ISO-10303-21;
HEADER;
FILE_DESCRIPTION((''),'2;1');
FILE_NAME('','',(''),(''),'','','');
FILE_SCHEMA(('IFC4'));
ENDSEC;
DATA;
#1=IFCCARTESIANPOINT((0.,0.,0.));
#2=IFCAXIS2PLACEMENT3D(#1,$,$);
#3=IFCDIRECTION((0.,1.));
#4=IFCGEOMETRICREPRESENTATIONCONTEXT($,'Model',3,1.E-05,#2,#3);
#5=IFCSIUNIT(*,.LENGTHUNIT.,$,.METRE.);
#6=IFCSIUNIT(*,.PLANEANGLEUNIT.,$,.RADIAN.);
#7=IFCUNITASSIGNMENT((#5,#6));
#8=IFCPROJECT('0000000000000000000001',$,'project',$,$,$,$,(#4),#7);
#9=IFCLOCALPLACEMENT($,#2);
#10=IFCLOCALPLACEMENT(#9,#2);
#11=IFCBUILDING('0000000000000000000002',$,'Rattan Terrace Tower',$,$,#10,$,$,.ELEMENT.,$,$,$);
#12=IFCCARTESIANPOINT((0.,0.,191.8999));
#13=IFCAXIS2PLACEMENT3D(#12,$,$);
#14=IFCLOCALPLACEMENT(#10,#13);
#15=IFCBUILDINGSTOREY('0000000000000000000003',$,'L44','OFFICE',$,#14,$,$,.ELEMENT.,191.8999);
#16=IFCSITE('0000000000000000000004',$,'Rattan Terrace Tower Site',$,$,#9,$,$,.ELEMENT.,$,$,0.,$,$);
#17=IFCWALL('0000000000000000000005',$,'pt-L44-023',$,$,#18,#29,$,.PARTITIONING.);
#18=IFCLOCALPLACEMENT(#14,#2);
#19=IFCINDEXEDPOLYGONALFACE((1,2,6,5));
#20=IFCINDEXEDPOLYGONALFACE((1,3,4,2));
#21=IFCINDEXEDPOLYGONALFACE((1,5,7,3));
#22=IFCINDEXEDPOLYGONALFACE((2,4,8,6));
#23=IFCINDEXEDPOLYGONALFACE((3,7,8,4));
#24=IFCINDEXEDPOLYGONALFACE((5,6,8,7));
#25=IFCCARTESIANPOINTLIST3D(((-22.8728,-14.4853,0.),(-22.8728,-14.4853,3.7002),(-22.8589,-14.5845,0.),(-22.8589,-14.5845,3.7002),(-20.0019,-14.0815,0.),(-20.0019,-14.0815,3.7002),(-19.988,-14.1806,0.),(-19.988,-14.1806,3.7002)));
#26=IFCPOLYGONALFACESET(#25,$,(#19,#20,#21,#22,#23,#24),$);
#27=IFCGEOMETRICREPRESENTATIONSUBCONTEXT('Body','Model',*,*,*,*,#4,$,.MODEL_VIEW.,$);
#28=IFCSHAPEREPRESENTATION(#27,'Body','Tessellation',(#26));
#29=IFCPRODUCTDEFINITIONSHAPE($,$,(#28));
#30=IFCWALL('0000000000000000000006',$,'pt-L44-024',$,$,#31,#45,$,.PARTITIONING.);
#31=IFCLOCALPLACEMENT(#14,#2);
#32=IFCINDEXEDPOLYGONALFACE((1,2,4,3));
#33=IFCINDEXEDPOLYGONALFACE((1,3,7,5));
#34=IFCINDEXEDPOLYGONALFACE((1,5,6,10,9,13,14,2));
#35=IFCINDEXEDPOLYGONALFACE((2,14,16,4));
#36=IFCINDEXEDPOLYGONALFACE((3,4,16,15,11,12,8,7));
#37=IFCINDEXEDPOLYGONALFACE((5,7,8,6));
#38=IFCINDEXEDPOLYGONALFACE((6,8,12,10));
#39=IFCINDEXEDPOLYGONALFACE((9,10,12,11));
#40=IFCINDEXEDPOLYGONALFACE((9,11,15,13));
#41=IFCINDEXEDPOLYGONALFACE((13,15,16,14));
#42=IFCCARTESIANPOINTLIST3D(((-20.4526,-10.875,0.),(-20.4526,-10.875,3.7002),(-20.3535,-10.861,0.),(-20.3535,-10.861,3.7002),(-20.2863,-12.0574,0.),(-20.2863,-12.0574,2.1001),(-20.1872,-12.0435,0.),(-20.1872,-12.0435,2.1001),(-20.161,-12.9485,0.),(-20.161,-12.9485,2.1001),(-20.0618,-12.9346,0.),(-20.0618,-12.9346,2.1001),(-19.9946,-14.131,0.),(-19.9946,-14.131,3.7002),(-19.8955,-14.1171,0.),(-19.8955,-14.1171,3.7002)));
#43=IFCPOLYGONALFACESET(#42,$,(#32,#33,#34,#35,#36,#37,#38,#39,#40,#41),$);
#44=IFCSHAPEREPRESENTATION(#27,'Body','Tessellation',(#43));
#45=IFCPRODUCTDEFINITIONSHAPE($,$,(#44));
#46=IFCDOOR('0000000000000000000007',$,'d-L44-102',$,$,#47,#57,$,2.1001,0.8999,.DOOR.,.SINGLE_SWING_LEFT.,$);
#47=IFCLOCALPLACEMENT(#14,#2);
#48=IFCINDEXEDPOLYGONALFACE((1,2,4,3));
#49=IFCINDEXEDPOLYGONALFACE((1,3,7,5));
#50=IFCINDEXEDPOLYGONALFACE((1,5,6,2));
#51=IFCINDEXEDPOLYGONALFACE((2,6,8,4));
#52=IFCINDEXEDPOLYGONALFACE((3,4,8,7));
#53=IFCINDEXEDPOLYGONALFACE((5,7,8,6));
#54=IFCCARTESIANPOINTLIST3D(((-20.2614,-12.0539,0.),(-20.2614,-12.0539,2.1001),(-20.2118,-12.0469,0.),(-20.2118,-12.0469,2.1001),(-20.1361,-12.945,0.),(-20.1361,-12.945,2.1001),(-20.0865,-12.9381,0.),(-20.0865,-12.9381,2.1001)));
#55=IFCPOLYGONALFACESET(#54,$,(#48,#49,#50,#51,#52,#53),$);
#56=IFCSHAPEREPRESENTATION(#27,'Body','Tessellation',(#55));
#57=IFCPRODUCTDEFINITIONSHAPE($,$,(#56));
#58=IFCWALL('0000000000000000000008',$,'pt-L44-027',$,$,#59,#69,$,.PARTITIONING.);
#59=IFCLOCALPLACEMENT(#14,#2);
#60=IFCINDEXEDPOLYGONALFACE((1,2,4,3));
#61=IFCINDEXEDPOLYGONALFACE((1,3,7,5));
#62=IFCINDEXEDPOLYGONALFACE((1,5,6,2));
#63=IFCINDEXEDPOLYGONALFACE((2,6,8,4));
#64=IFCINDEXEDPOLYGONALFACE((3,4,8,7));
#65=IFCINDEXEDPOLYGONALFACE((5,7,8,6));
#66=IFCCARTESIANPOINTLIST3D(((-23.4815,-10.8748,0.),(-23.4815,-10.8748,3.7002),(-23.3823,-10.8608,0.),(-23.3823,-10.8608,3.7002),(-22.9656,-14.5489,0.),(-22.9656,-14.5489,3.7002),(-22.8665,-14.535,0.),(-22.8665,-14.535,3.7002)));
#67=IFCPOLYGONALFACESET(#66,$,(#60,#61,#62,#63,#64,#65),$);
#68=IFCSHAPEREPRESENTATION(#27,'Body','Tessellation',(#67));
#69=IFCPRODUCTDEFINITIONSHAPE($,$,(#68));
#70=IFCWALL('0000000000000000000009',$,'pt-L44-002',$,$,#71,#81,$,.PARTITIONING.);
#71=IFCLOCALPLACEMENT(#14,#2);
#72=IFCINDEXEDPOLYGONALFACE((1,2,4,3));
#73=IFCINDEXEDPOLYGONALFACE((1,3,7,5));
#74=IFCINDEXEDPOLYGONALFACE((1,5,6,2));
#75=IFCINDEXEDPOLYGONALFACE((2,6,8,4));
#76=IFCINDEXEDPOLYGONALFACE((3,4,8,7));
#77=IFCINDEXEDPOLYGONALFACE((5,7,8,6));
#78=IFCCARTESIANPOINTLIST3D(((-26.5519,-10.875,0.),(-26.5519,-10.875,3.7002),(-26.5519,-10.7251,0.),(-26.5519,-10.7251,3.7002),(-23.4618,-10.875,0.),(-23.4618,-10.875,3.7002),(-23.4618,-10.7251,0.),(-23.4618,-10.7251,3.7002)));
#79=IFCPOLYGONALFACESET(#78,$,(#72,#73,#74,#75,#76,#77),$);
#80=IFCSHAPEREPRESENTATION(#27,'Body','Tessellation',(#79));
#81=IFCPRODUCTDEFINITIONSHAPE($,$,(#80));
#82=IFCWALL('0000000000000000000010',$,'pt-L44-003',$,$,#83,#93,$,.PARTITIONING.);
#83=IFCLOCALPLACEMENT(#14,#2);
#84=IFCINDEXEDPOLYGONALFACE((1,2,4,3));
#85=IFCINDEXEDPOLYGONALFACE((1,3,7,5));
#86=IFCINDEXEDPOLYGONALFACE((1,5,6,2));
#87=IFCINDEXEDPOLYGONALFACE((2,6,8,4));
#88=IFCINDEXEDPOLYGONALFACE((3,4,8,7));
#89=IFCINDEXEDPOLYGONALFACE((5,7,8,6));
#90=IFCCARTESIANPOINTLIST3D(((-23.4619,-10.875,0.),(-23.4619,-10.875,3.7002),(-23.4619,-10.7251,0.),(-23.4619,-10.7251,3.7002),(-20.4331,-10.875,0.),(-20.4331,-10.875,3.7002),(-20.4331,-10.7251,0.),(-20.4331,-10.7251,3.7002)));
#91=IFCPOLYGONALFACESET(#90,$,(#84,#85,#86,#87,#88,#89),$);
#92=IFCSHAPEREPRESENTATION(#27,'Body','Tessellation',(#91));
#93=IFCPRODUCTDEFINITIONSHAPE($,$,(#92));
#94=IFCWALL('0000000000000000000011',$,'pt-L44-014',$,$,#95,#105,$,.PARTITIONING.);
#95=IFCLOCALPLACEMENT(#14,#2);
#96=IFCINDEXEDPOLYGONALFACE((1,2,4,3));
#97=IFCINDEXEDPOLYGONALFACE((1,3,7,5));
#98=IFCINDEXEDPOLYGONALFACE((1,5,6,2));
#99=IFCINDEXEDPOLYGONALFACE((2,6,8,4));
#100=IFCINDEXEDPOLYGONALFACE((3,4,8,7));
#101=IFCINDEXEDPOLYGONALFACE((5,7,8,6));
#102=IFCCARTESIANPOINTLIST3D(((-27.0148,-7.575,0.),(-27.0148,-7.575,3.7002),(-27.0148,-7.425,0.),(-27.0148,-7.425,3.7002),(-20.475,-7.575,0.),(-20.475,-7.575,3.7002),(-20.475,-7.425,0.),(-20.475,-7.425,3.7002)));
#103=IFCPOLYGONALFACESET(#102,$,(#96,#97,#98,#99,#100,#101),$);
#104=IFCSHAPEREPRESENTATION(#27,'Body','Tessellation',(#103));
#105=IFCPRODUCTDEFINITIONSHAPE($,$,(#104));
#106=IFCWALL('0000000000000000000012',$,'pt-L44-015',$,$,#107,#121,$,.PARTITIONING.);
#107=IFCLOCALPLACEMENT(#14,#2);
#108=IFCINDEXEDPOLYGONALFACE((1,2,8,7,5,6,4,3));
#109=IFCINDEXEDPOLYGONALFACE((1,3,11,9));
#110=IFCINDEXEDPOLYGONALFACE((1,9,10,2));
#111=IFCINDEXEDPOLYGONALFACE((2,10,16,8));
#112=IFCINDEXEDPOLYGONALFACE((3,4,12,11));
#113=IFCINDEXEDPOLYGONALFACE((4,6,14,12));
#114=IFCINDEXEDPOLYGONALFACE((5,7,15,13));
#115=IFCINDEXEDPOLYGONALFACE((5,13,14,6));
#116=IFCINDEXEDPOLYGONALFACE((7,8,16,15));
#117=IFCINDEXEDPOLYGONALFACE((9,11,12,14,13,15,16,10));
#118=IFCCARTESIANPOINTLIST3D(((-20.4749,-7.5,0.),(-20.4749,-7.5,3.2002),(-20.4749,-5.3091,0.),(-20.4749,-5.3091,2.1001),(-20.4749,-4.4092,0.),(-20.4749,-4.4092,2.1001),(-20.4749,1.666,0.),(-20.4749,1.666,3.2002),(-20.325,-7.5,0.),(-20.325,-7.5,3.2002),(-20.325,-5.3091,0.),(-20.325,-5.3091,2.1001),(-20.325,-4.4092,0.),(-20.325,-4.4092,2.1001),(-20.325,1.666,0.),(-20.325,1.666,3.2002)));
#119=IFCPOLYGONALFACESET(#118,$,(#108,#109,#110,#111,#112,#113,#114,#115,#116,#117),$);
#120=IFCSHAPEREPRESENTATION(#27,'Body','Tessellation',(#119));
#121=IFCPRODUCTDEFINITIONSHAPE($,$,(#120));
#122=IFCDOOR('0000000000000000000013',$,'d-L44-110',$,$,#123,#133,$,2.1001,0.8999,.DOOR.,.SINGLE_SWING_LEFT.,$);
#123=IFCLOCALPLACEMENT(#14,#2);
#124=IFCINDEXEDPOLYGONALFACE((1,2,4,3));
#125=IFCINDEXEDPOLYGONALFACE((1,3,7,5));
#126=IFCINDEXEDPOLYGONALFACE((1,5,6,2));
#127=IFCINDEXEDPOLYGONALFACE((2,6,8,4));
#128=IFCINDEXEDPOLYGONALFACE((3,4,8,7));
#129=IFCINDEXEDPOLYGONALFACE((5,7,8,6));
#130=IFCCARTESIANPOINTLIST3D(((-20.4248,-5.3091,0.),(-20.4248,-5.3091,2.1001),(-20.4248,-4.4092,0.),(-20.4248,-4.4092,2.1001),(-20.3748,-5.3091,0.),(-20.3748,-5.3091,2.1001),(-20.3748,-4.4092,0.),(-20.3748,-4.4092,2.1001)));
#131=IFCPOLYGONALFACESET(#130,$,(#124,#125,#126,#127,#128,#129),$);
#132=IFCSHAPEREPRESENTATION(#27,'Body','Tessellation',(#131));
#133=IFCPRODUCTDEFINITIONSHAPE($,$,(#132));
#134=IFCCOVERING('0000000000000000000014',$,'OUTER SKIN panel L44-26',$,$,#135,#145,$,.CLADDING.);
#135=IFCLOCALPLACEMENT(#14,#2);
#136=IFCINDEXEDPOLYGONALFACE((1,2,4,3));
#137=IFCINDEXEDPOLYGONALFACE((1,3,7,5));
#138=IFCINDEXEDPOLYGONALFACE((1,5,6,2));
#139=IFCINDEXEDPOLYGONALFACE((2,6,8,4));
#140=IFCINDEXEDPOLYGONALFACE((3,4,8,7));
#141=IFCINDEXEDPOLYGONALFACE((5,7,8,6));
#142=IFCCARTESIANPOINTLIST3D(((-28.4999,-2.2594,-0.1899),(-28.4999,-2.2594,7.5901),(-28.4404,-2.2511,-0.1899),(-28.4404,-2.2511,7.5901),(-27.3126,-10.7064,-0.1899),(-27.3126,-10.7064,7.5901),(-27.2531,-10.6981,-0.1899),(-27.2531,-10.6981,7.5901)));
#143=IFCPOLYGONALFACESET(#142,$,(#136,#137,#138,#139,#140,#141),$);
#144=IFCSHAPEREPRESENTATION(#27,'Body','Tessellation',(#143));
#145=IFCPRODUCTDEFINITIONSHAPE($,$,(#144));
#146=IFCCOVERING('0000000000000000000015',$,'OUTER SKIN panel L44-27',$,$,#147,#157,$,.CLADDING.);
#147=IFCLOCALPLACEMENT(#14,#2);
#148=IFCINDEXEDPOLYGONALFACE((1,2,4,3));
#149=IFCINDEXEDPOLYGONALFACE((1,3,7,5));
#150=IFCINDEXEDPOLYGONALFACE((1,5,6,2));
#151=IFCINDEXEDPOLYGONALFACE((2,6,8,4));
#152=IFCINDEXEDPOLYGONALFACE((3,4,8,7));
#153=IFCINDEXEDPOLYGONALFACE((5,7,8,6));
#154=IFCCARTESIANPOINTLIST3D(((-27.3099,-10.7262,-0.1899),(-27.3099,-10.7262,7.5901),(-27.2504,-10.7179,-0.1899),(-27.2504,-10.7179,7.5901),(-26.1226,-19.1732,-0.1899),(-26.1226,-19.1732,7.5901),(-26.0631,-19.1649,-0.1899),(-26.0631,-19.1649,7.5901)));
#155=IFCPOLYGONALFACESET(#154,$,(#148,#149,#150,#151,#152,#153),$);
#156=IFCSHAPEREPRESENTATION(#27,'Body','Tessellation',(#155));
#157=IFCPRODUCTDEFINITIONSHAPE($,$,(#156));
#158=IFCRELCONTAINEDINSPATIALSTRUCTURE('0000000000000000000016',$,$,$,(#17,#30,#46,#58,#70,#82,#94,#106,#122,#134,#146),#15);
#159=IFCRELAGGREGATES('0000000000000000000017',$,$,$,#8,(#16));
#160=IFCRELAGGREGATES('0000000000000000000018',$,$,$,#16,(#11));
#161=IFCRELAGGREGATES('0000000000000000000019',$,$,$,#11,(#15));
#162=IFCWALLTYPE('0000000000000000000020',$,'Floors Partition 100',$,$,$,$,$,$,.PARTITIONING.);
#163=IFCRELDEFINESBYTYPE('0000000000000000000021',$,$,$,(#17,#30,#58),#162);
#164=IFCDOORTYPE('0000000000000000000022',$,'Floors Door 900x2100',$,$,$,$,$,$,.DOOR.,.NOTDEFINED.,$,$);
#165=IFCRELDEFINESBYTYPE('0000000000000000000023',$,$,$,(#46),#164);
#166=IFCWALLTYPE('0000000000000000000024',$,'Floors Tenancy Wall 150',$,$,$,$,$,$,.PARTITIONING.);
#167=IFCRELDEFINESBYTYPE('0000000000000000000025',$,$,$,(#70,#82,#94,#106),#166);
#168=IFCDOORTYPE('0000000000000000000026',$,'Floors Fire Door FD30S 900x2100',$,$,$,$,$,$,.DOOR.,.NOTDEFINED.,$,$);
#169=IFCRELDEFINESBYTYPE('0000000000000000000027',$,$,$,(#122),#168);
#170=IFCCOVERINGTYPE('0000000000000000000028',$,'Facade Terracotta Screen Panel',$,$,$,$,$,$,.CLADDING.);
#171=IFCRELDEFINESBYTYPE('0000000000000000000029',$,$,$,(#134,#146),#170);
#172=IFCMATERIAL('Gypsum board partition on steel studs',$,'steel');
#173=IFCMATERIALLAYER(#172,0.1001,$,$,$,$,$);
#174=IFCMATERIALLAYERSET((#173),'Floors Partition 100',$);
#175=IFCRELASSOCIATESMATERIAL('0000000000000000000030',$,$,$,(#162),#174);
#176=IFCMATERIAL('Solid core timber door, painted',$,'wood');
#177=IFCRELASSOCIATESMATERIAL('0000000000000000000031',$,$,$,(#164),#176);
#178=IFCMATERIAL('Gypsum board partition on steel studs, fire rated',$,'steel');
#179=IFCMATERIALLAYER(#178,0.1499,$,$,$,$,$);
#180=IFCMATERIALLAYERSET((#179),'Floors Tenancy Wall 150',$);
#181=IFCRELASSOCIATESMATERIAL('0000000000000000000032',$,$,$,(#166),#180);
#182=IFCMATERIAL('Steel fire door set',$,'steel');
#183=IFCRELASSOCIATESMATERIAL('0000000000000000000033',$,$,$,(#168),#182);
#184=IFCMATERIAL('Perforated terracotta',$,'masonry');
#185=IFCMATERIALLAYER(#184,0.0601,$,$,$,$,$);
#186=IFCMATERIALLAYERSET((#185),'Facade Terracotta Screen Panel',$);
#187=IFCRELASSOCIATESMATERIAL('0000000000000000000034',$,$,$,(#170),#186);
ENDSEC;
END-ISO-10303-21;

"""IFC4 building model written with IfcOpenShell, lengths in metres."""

from ifc_helpers import new_model, si_unit, direction, frame, frame_2d, origin, origin_2d, place, context, subcontext, project, spatial, rectangle, extrude, material, layer, layer_set, type_object, element, fill, save


model = new_model("IFC4")

# Units and contexts
model_context = context("Model", 3, precision=1e-05, world=origin(), true_north=direction((0.0, 1.0)))
body_context = subcontext(model_context, "Body", "Model", "MODEL_VIEW")
ifc_project = project(units=[si_unit("LENGTHUNIT", "METRE"), si_unit("PLANEANGLEUNIT", "RADIAN")], contexts=[model_context])

# Site, building, storey
site_placement = place(None, origin())
site = spatial("IfcSite", under=ifc_project, at=site_placement, Name="Rattan Terrace Tower Site", CompositionType="ELEMENT", RefElevation=0.0)
building_placement = place(site_placement, origin())
building = spatial("IfcBuilding", under=site, at=building_placement, Name="Rattan Terrace Tower", CompositionType="ELEMENT")
storey_placement = place(building_placement, frame((0.0, 0.0, 191.8999)))
storey = spatial("IfcBuildingStorey", under=building, at=storey_placement, Name="L44", Description="OFFICE", CompositionType="ELEMENT", Elevation=191.8999)

# Shared definitions
ifc_material_1 = material(Name="Gypsum board partition on steel studs", Category="steel")
ifc_layer_1 = layer(ifc_material_1, 0.1001)
ifc_layer_set_1 = layer_set([ifc_layer_1], Name="Floors Partition 100")
wall_type_1 = type_object("IfcWallType", Name="Floors Partition 100", PredefinedType="PARTITIONING", material=ifc_layer_set_1)

# Wall
wall_1_placement = place(storey_placement, frame((-22.866, -14.5349, 0.0), z_axis=(0.0, 0.0, 1.0), x_axis=(0.990252, 0.139287, 0.0)))
element("IfcWall", 1, at=wall_1_placement, inside=storey, type_object=wall_type_1, Name="pt-L44-023", PredefinedType="PARTITIONING", context=body_context, shape_type="SweptSolid", body=[
    extrude(rectangle(XDim=2.8992, YDim=0.1001, at=frame_2d((1.4497, 0.0))), origin(), (0.0, 0.0, 1.0), 3.7002),
])

# Wall, opening, door
wall_2_placement = place(storey_placement, frame((-19.9451, -14.124, 0.0), z_axis=(0.0, 0.0, 1.0), x_axis=(-0.13929, 0.990252, 0.0)))
wall_2 = element("IfcWall", 2, at=wall_2_placement, inside=storey, type_object=wall_type_1, Name="pt-L44-024", PredefinedType="PARTITIONING", context=body_context, shape_type="SweptSolid", body=[
    extrude(rectangle(XDim=3.2881, YDim=0.1001, at=frame_2d((1.644, 0.0))), origin(), (0.0, 0.0, 1.0), 3.7002),
])
opening_1_placement = place(wall_2_placement, frame((1.1941, 0.0, 0.0)))
opening_1 = element("IfcOpeningElement", 3, at=opening_1_placement, cuts=wall_2, PredefinedType="OPENING", context=body_context, shape_type="SweptSolid", body=[
    extrude(rectangle(XDim=0.8999, YDim=2.1001, at=frame_2d((0.45, 1.05))), frame((0.0, 0.0605, 0.0), z_axis=(0.0, -1.0, 0.0), x_axis=(1.0, 0.0, 0.0)), (0.0, 0.0, 1.0), 0.1211),
])
ifc_material_2 = material(Name="Solid core timber door, painted", Category="wood")
door_type_1 = type_object("IfcDoorType", Name="Floors Door 900x2100", OperationType="NOTDEFINED", PredefinedType="DOOR", material=ifc_material_2)
door_1_placement = place(opening_1_placement, origin())
door_1 = element("IfcDoor", 4, at=door_1_placement, inside=storey, type_object=door_type_1, Name="d-L44-102", OperationType="SINGLE_SWING_LEFT", OverallHeight=2.1001, OverallWidth=0.8999, PredefinedType="DOOR", context=body_context, shape_type="SweptSolid", body=[
    extrude(rectangle(XDim=0.8999, YDim=2.1001, at=frame_2d((0.45, 1.05))), frame((0.0, 0.0249, 0.0), z_axis=(0.0, -1.0, 0.0), x_axis=(1.0, 0.0, 0.0)), (0.0, 0.0, 1.0), 0.05),
])
fill(opening_1, door_1)

# Walls
wall_3_placement = place(storey_placement, frame((-23.4319, -10.8679, 0.0), z_axis=(0.0, 0.0, 1.0), x_axis=(0.139044, -0.990286, 0.0)))
element("IfcWall", 5, at=wall_3_placement, inside=storey, type_object=wall_type_1, Name="pt-L44-027", PredefinedType="PARTITIONING", context=body_context, shape_type="SweptSolid", body=[
    extrude(rectangle(XDim=3.7102, YDim=0.1001, at=frame_2d((1.855, 0.0))), origin(), (0.0, 0.0, 1.0), 3.7002),
])
ifc_material_3 = material(Name="Gypsum board partition on steel studs, fire rated", Category="steel")
ifc_layer_2 = layer(ifc_material_3, 0.1499)
ifc_layer_set_2 = layer_set([ifc_layer_2], Name="Floors Tenancy Wall 150")
wall_type_2 = type_object("IfcWallType", Name="Floors Tenancy Wall 150", PredefinedType="PARTITIONING", material=ifc_layer_set_2)
wall_4_placement = place(storey_placement, frame((-23.4619, -10.8, 0.0), z_axis=(0.0, 0.0, 1.0), x_axis=(-1.0, 0.0, 0.0)))
element("IfcWall", 6, at=wall_4_placement, inside=storey, type_object=wall_type_2, Name="pt-L44-002", PredefinedType="PARTITIONING", context=body_context, shape_type="SweptSolid", body=[
    extrude(rectangle(XDim=3.0901, YDim=0.1499, at=frame_2d((1.5449, 0.0))), origin(), (0.0, 0.0, 1.0), 3.7002),
])
wall_5_placement = place(storey_placement, frame((-20.4331, -10.8, 0.0), z_axis=(0.0, 0.0, 1.0), x_axis=(-1.0, 0.0, 0.0)))
element("IfcWall", 7, at=wall_5_placement, inside=storey, type_object=wall_type_2, Name="pt-L44-003", PredefinedType="PARTITIONING", context=body_context, shape_type="SweptSolid", body=[
    extrude(rectangle(XDim=3.0288, YDim=0.1499, at=frame_2d((1.5144, 0.0))), origin(), (0.0, 0.0, 1.0), 3.7002),
])
wall_6_placement = place(storey_placement, frame((-27.0149, -7.5, 0.0), z_axis=(0.0, 0.0, 1.0), x_axis=(1.0, 0.0, 0.0)))
element("IfcWall", 8, at=wall_6_placement, inside=storey, type_object=wall_type_2, Name="pt-L44-014", PredefinedType="PARTITIONING", context=body_context, shape_type="SweptSolid", body=[
    extrude(rectangle(XDim=6.5398, YDim=0.1499, at=frame_2d((3.27, 0.0))), origin(), (0.0, 0.0, 1.0), 3.7002),
])

# Wall, opening, door
wall_7_placement = place(storey_placement, frame((-20.3999, -7.5, 0.0), z_axis=(0.0, 0.0, 1.0), x_axis=(0.0, 1.0, 0.0)))
wall_7 = element("IfcWall", 9, at=wall_7_placement, inside=storey, type_object=wall_type_2, Name="pt-L44-015", PredefinedType="PARTITIONING", context=body_context, shape_type="SweptSolid", body=[
    extrude(rectangle(XDim=9.166, YDim=0.1499, at=frame_2d((4.583, 0.0))), origin(), (0.0, 0.0, 1.0), 3.2002),
])
opening_2_placement = place(wall_7_placement, frame((2.1909, 0.0, 0.0)))
opening_2 = element("IfcOpeningElement", 10, at=opening_2_placement, cuts=wall_7, PredefinedType="OPENING", context=body_context, shape_type="SweptSolid", body=[
    extrude(rectangle(XDim=0.8999, YDim=2.1001, at=frame_2d((0.45, 1.05))), frame((0.0, 0.0854, 0.0), z_axis=(0.0, -1.0, 0.0), x_axis=(1.0, 0.0, 0.0)), (0.0, 0.0, 1.0), 0.1709),
])
ifc_material_4 = material(Name="Steel fire door set", Category="steel")
door_type_2 = type_object("IfcDoorType", Name="Floors Fire Door FD30S 900x2100", OperationType="NOTDEFINED", PredefinedType="DOOR", material=ifc_material_4)
door_2_placement = place(opening_2_placement, origin())
door_2 = element("IfcDoor", 11, at=door_2_placement, inside=storey, type_object=door_type_2, Name="d-L44-110", OperationType="SINGLE_SWING_LEFT", OverallHeight=2.1001, OverallWidth=0.8999, PredefinedType="DOOR", context=body_context, shape_type="SweptSolid", body=[
    extrude(rectangle(XDim=0.8999, YDim=2.1001, at=frame_2d((0.45, 1.05))), frame((0.0, 0.0249, 0.0), z_axis=(0.0, -1.0, 0.0), x_axis=(1.0, 0.0, 0.0)), (0.0, 0.0, 1.0), 0.05),
])
fill(opening_2, door_2)

# Coverings
ifc_material_5 = material(Name="Perforated terracotta", Category="masonry")
ifc_layer_3 = layer(ifc_material_5, 0.0601)
ifc_layer_set_3 = layer_set([ifc_layer_3], Name="Facade Terracotta Screen Panel")
covering_type = type_object("IfcCoveringType", Name="Facade Terracotta Screen Panel", PredefinedType="CLADDING", material=ifc_layer_set_3)
for number, where, z_axis, x_axis, name in (
    (12, (-27.8765, -6.4788, -0.1899), (0.0, 0.0, 1.0), (0.139191, -0.990266, 0.0), "OUTER SKIN panel L44-26"),
    (13, (-26.6865, -14.9456, -0.1899), (0.0, 0.0, 1.0), (0.139191, -0.990266, 0.0), "OUTER SKIN panel L44-27"),
):
    element("IfcCovering", number, at=place(storey_placement, frame(where, z_axis=z_axis, x_axis=x_axis)), inside=storey, type_object=covering_type, Name=name, PredefinedType="CLADDING", context=body_context, shape_type="SweptSolid", body=[
        extrude(rectangle(XDim=8.53, YDim=0.0601, at=origin_2d()), origin(), (0.0, 0.0, 1.0), 7.78),
    ])

save(model, "model.ifc")
